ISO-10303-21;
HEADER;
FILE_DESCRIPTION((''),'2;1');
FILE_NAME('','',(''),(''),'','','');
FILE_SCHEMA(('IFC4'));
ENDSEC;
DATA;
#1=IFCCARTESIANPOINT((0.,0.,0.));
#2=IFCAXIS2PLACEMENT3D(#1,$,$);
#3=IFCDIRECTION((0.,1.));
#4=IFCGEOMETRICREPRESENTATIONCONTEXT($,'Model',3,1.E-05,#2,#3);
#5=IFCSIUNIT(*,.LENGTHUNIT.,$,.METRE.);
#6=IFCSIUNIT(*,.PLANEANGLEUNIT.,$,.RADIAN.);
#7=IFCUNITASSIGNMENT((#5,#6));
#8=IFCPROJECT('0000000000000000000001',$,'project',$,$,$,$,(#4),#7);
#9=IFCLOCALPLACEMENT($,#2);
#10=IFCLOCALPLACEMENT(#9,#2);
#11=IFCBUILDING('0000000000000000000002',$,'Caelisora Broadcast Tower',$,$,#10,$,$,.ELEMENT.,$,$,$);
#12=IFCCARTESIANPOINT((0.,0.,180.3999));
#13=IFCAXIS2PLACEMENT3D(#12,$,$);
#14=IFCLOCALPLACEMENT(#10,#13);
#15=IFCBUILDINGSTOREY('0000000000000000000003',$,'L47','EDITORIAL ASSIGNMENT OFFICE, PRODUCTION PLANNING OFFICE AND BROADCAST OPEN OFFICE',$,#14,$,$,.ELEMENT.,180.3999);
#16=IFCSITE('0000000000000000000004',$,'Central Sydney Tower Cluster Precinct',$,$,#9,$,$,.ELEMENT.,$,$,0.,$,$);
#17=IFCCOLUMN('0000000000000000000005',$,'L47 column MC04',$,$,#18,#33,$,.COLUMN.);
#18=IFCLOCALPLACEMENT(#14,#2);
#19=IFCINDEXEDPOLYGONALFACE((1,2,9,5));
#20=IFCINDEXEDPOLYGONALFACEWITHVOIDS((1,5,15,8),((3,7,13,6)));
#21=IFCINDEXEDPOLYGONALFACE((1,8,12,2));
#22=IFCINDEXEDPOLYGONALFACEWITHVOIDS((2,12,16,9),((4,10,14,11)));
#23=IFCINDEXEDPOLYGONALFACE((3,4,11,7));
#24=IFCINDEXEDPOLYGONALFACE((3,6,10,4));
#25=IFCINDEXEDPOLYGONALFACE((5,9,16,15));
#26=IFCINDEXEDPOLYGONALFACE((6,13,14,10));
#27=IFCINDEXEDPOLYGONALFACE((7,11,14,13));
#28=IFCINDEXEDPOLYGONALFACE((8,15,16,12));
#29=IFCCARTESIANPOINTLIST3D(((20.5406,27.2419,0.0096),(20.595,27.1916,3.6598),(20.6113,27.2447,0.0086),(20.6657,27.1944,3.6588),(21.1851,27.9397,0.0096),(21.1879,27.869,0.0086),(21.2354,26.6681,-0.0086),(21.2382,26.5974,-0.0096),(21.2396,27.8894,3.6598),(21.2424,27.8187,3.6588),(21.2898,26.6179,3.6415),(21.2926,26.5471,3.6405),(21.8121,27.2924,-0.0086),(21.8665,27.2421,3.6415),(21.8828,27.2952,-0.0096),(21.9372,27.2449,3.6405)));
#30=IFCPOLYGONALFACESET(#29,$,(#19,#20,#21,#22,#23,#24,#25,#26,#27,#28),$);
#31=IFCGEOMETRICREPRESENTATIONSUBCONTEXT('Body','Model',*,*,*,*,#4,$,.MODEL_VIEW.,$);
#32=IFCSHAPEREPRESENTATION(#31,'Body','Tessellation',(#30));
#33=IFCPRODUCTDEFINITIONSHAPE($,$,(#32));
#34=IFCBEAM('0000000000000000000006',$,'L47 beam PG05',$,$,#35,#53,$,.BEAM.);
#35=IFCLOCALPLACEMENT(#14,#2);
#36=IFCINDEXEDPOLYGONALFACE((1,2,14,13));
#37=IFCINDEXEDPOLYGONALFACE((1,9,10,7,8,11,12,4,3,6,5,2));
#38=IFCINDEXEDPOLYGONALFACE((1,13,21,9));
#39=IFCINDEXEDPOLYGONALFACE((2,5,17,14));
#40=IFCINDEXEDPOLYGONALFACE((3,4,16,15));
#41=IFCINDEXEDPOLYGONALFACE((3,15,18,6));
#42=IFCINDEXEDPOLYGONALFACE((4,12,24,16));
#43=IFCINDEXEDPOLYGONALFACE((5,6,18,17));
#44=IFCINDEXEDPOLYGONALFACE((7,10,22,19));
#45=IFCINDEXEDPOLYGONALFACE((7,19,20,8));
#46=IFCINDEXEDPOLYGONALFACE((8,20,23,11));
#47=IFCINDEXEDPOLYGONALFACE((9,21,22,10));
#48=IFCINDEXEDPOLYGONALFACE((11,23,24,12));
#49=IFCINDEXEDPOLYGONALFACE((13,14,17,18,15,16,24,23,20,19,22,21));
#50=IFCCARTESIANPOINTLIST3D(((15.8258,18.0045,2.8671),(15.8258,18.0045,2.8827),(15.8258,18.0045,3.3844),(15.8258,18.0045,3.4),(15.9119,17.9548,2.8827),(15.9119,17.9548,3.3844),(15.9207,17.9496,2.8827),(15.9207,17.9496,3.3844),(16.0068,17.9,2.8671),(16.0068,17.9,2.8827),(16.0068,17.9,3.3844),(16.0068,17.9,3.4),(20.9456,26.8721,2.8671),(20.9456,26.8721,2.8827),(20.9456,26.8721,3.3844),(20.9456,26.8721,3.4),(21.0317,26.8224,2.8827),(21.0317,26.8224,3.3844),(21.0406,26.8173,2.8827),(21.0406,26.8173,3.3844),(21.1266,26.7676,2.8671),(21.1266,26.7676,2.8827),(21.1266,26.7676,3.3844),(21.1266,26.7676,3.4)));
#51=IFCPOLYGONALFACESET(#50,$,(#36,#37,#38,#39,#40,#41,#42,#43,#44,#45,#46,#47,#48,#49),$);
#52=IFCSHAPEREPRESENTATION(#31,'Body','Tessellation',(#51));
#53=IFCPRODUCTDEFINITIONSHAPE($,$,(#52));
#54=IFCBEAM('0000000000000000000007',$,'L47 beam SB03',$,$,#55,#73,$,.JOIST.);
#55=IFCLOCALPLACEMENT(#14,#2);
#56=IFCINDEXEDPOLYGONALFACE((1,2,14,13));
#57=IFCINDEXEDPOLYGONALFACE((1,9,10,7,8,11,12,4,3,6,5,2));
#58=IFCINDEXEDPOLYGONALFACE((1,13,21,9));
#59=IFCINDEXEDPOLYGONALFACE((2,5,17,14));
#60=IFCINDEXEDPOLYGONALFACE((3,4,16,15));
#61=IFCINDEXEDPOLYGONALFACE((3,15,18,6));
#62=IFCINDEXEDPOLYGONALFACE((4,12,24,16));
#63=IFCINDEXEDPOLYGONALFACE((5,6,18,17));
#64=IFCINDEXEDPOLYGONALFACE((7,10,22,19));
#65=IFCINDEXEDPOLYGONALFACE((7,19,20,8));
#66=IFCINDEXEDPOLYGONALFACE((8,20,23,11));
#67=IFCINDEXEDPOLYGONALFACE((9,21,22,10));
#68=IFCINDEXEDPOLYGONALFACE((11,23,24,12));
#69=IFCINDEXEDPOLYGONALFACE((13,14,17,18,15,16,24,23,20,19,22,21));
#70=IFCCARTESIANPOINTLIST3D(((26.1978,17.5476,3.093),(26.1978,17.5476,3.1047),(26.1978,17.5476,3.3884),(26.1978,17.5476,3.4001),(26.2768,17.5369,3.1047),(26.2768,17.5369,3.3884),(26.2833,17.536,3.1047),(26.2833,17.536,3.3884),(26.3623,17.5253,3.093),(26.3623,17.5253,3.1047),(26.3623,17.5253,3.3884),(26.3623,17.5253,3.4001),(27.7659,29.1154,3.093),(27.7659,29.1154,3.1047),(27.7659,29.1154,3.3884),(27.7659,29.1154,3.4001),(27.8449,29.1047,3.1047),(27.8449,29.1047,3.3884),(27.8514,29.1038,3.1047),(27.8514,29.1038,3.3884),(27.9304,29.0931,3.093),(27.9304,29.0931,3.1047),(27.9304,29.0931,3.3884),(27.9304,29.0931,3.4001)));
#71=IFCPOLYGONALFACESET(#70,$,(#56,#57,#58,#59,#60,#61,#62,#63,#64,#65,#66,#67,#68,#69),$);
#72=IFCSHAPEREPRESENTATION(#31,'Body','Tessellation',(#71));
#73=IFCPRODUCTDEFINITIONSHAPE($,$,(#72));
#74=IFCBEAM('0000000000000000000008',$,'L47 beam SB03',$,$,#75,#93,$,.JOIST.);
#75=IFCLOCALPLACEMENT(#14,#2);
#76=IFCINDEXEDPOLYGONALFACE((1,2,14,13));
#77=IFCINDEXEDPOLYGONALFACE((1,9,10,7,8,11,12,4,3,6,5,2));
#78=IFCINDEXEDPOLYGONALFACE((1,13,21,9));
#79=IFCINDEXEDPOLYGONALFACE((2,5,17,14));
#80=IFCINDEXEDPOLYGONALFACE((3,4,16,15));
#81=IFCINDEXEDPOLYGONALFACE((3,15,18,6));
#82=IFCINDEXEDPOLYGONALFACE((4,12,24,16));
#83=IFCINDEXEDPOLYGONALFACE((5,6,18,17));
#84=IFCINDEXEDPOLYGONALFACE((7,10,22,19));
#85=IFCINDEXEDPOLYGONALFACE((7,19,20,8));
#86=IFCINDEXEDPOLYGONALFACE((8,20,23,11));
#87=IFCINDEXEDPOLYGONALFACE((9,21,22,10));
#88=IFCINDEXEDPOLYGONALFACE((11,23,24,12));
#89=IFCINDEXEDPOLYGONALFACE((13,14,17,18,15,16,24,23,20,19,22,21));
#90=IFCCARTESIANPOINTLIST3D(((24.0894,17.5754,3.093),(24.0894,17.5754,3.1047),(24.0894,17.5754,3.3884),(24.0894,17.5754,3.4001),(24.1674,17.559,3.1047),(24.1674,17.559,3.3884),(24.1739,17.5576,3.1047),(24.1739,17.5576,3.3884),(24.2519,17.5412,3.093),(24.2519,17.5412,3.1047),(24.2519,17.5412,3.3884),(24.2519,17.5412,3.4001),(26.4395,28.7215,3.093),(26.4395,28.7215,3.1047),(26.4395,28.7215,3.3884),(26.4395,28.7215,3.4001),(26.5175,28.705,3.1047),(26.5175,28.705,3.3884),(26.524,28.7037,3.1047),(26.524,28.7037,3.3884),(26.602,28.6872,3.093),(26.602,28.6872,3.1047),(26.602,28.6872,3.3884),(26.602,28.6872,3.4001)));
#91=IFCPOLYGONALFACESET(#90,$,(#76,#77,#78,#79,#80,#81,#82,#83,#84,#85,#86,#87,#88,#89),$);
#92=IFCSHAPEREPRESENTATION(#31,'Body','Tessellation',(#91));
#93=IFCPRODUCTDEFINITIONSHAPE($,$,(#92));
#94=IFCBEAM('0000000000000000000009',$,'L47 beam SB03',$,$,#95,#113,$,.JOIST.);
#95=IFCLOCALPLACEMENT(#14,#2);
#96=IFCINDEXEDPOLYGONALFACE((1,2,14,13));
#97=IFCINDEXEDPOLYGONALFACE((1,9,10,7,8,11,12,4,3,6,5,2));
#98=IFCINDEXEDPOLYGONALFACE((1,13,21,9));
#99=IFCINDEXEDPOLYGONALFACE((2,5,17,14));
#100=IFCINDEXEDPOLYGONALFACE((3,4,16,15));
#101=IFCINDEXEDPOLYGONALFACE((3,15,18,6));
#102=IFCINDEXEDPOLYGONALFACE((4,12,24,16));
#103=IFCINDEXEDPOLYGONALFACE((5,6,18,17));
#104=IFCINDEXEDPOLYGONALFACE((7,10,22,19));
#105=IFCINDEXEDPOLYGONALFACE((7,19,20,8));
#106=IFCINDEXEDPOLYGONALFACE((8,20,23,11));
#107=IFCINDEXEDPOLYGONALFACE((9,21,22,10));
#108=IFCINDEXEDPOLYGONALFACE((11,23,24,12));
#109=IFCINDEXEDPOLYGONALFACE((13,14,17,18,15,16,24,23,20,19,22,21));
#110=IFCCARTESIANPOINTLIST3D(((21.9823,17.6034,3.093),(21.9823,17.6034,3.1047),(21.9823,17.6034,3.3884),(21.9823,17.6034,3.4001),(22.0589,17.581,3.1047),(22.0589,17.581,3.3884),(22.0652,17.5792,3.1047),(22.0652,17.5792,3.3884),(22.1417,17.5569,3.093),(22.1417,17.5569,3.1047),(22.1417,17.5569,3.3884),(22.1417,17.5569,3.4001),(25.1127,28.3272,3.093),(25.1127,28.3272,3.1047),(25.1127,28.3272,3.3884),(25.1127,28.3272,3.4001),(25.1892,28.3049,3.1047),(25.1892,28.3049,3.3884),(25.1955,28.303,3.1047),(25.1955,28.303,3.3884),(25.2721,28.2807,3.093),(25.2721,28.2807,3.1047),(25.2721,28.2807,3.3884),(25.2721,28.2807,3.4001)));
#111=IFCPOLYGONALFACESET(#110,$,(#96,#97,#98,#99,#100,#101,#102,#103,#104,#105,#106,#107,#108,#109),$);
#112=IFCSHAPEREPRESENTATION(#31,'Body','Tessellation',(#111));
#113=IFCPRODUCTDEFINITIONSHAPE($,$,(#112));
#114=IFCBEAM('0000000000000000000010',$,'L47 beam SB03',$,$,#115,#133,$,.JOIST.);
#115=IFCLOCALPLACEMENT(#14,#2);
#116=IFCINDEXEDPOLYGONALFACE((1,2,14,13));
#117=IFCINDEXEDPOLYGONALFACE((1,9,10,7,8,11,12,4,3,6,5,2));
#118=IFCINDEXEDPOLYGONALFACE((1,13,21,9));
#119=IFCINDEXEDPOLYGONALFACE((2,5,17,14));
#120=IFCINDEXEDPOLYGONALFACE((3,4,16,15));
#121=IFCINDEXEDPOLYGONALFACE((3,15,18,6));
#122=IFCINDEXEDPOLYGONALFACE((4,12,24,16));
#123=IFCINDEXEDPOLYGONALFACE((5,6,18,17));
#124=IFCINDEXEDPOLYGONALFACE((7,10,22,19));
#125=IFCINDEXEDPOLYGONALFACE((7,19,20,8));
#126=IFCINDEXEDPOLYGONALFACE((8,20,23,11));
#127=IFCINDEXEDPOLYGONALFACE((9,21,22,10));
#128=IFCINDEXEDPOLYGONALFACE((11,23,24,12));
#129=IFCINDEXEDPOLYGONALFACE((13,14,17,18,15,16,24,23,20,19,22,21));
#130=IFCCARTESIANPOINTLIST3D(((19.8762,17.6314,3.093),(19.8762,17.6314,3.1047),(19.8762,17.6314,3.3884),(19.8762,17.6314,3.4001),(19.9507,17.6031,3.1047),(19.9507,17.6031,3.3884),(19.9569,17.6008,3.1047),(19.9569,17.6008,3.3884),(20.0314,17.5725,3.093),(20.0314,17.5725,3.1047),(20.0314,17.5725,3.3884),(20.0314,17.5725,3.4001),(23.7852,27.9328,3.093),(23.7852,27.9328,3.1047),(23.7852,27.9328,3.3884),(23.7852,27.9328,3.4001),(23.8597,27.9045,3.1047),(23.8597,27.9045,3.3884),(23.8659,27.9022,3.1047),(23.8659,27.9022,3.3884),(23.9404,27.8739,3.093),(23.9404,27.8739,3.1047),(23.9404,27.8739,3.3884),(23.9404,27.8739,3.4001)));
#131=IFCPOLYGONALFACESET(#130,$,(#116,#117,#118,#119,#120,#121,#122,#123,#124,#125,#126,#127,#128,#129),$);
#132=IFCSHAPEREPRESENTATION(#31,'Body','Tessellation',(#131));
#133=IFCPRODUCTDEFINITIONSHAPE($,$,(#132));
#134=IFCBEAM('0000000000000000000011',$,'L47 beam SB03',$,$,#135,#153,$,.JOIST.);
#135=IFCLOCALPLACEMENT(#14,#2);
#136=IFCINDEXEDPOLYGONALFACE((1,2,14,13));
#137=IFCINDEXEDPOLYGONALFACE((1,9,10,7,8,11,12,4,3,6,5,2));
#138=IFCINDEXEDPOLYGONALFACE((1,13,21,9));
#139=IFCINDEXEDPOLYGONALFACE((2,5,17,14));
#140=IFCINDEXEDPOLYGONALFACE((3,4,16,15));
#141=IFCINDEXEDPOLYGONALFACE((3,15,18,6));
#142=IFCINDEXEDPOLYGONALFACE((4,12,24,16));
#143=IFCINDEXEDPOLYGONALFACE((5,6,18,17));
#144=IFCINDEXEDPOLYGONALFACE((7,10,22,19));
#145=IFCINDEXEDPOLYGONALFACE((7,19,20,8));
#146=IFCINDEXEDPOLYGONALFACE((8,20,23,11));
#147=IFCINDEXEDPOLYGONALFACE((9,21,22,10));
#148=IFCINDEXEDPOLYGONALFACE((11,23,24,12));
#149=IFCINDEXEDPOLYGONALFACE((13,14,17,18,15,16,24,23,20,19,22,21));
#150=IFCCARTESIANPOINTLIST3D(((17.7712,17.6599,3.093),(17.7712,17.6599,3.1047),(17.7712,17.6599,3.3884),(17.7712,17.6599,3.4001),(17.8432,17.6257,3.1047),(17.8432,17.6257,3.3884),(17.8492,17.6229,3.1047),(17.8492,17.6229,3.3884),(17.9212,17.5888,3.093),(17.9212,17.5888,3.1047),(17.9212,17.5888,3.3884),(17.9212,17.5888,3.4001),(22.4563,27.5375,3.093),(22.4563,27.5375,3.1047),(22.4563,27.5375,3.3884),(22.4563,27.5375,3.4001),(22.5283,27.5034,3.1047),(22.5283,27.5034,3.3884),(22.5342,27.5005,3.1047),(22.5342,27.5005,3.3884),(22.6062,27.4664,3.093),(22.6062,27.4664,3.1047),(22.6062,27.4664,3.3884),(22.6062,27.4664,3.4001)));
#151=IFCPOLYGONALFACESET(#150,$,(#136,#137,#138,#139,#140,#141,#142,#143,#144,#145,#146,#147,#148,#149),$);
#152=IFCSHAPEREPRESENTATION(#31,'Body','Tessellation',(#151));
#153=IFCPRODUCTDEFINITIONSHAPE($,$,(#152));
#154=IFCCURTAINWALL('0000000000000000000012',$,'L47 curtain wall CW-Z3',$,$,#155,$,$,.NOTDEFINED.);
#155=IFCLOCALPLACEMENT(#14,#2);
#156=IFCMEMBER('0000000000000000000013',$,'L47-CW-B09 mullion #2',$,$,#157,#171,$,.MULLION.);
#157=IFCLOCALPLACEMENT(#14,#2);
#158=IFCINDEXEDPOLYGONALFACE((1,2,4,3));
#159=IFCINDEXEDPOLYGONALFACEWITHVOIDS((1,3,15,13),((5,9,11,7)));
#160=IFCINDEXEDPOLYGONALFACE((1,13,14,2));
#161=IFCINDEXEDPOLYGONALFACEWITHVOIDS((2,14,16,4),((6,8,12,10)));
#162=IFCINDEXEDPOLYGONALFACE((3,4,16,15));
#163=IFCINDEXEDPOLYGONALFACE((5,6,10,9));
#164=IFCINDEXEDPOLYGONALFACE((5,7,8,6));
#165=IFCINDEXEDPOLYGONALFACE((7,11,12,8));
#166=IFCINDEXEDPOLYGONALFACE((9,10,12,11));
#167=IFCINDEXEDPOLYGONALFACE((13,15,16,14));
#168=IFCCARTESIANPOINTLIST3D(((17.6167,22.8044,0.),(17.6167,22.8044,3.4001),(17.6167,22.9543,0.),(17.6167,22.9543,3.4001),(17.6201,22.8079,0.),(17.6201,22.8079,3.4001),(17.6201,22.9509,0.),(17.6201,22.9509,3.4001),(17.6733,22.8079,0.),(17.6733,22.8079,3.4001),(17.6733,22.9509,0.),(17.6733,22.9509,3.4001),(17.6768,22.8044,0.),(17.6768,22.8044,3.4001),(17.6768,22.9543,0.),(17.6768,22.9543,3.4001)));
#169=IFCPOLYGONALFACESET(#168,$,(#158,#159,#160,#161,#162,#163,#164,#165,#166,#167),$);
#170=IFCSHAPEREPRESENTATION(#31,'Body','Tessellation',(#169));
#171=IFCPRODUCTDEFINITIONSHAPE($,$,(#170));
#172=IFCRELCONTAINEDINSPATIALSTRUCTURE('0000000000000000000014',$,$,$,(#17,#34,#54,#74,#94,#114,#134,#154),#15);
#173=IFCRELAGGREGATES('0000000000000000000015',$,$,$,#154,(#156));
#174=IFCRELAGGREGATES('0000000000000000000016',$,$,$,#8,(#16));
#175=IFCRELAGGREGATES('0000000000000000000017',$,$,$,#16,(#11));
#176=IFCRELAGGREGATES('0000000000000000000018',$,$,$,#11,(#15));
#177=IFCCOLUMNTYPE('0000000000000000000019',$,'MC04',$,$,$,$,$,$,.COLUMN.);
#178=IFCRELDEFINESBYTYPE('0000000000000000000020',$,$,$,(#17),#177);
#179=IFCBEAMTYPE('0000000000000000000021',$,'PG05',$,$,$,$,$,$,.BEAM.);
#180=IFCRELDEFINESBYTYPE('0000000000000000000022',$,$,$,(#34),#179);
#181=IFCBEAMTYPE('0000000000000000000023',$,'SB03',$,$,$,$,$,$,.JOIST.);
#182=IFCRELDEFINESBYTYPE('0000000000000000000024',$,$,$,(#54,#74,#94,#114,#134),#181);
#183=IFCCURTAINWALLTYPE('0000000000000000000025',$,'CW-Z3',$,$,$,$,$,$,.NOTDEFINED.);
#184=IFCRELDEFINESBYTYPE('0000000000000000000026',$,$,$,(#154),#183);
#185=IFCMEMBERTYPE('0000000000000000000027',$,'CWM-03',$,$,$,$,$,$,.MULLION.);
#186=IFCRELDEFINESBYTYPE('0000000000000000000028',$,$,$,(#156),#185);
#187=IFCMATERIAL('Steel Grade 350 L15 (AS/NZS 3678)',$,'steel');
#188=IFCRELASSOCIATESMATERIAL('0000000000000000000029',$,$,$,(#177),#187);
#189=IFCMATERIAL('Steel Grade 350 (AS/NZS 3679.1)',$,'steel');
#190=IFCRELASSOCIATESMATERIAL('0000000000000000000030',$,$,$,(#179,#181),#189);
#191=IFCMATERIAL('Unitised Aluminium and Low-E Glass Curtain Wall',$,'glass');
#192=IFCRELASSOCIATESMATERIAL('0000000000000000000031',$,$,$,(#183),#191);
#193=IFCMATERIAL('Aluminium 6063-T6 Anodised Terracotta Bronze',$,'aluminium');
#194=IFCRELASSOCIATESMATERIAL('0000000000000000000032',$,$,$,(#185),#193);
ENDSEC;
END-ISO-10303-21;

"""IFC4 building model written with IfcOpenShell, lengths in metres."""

from ifc_helpers import new_model, si_unit, direction, frame, origin, origin_2d, place, context, subcontext, project, spatial, hollow_rectangle, i_section, extrude, source, transform, mapped, material, material_profile, profile_set, type_object, type_shapes, element, aggregate, save


model = new_model("IFC4")

# Units and contexts
model_context = context("Model", 3, precision=1e-05, world=origin(), true_north=direction((0.0, 1.0)))
body_context = subcontext(model_context, "Body", "Model", "MODEL_VIEW")
ifc_project = project(units=[si_unit("LENGTHUNIT", "METRE"), si_unit("PLANEANGLEUNIT", "RADIAN")], contexts=[model_context])

# Site, building, storey
site_placement = place(None, origin())
site = spatial("IfcSite", under=ifc_project, at=site_placement, Name="Central Sydney Tower Cluster Precinct", CompositionType="ELEMENT", RefElevation=0.0)
building_placement = place(site_placement, origin())
building = spatial("IfcBuilding", under=site, at=building_placement, Name="Caelisora Broadcast Tower", CompositionType="ELEMENT")
storey_placement = place(building_placement, frame((0.0, 0.0, 180.3999)))
storey = spatial("IfcBuildingStorey", under=building, at=storey_placement, Name="L47", Description="EDITORIAL ASSIGNMENT OFFICE, PRODUCTION PLANNING OFFICE AND BROADCAST OPEN OFFICE", CompositionType="ELEMENT", Elevation=180.3999)

# Column
ifc_material_1 = material(Name="Steel Grade 350 L15 (AS/NZS 3678)", Category="steel")
ifc_material_profile_1 = material_profile(ifc_material_1, hollow_rectangle(XDim=0.95, YDim=0.95, WallThickness=0.05, at=origin_2d()), Name="Steel Grade 350 L15 (AS/NZS 3678)")
ifc_profile_set_1 = profile_set([ifc_material_profile_1], Name="Steel Grade 350 L15 (AS/NZS 3678)")
column_type = type_object("IfcColumnType", Name="MC04", PredefinedType="COLUMN", material=ifc_profile_set_1)
shared_shape_1 = source(origin(), body_context, "Body", "SweptSolid", [
    extrude(hollow_rectangle(XDim=0.95, YDim=0.95, WallThickness=0.05, at=origin_2d()), origin(), (0.0, 0.0, 1.0), 3.6509),
])
type_shapes(column_type, [shared_shape_1])
column_placement = place(storey_placement, frame((21.2117, 27.2686, 0.0), z_axis=(0.014912, -0.013776, 0.999794), x_axis=(0.678554, 0.734551, 0.0)))
element("IfcColumn", 1, at=column_placement, inside=storey, type_object=column_type, Name="L47 column MC04", PredefinedType="COLUMN", context=body_context, shape_type="MappedRepresentation", body=[
    mapped(shared_shape_1, transform((0.0, 0.0, 0.0), scale=1.0)),
])

# Beams
ifc_material_2 = material(Name="Steel Grade 350 (AS/NZS 3679.1)", Category="steel")
ifc_material_profile_2 = material_profile(ifc_material_2, i_section(OverallWidth=0.209, OverallDepth=0.533, WebThickness=0.0103, FlangeThickness=0.0156, at=origin_2d()), Name="Steel Grade 350 (AS/NZS 3679.1)")
ifc_profile_set_2 = profile_set([ifc_material_profile_2], Name="Steel Grade 350 (AS/NZS 3679.1)")
beam_type_1 = type_object("IfcBeamType", Name="PG05", PredefinedType="BEAM", material=ifc_profile_set_2)
shared_shape_2 = source(origin(), body_context, "Body", "SweptSolid", [
    extrude(i_section(OverallWidth=0.209, OverallDepth=0.533, WebThickness=0.0103, FlangeThickness=0.0156, at=origin_2d()), origin(), (0.0, 0.0, 1.0), 10.2395),
])
type_shapes(beam_type_1, [shared_shape_2])
beam_1_placement = place(storey_placement, frame((21.0361, 26.8198, 3.1335), z_axis=(-0.500009, -0.86602, 0.0), x_axis=(0.86602, -0.500009, 0.0)))
element("IfcBeam", 2, at=beam_1_placement, inside=storey, type_object=beam_type_1, Name="L47 beam PG05", PredefinedType="BEAM", context=body_context, shape_type="MappedRepresentation", body=[
    mapped(shared_shape_2, transform((0.0, 0.0, 0.0), scale=1.0)),
])
ifc_material_profile_3 = material_profile(ifc_material_2, i_section(OverallWidth=0.166, OverallDepth=0.3071, WebThickness=0.0066, FlangeThickness=0.0117, at=origin_2d()), Name="Steel Grade 350 (AS/NZS 3679.1)")
ifc_profile_set_3 = profile_set([ifc_material_profile_3], Name="Steel Grade 350 (AS/NZS 3679.1)")
beam_type_2 = type_object("IfcBeamType", Name="SB03", PredefinedType="JOIST", material=ifc_profile_set_3)
shared_shape_3 = source(origin(), body_context, "Body", "SweptSolid", [
    extrude(i_section(OverallWidth=0.166, OverallDepth=0.3071, WebThickness=0.0066, FlangeThickness=0.0117, at=origin_2d()), origin(), (0.0, 0.0, 1.0), 11.6736),
])
beam_2_placement = place(storey_placement, frame((27.8481, 29.1042, 3.2466), z_axis=(-0.134329, -0.990937, 0.0), x_axis=(0.990937, -0.134329, 0.0)))
element("IfcBeam", 3, at=beam_2_placement, inside=storey, type_object=beam_type_2, Name="L47 beam SB03", PredefinedType="JOIST", context=body_context, shape_type="MappedRepresentation", body=[
    mapped(shared_shape_3, transform((0.0, 0.0, 0.0), scale=1.0)),
])
shared_shape_4 = source(origin(), body_context, "Body", "SweptSolid", [
    extrude(i_section(OverallWidth=0.166, OverallDepth=0.3071, WebThickness=0.0066, FlangeThickness=0.0117, at=origin_2d()), origin(), (0.0, 0.0, 1.0), 11.3911),
])
beam_3_placement = place(storey_placement, frame((26.5208, 28.7043, 3.2466), z_axis=(-0.206311, -0.978487, 0.0), x_axis=(0.978487, -0.206311, 0.0)))
element("IfcBeam", 4, at=beam_3_placement, inside=storey, type_object=beam_type_2, Name="L47 beam SB03", PredefinedType="JOIST", context=body_context, shape_type="MappedRepresentation", body=[
    mapped(shared_shape_4, transform((0.0, 0.0, 0.0), scale=1.0)),
])
shared_shape_5 = source(origin(), body_context, "Body", "SweptSolid", [
    extrude(i_section(OverallWidth=0.166, OverallDepth=0.3071, WebThickness=0.0066, FlangeThickness=0.0117, at=origin_2d()), origin(), (0.0, 0.0, 1.0), 11.1714),
])
beam_4_placement = place(storey_placement, frame((25.1924, 28.304, 3.2466), z_axis=(-0.280212, -0.959938, 0.0), x_axis=(0.959938, -0.280212, 0.0)))
element("IfcBeam", 5, at=beam_4_placement, inside=storey, type_object=beam_type_2, Name="L47 beam SB03", PredefinedType="JOIST", context=body_context, shape_type="MappedRepresentation", body=[
    mapped(shared_shape_5, transform((0.0, 0.0, 0.0), scale=1.0)),
])
shared_shape_6 = source(origin(), body_context, "Body", "SweptSolid", [
    extrude(i_section(OverallWidth=0.166, OverallDepth=0.3071, WebThickness=0.0066, FlangeThickness=0.0117, at=origin_2d()), origin(), (0.0, 0.0, 1.0), 11.0181),
])
beam_5_placement = place(storey_placement, frame((23.8628, 27.9033, 3.2466), z_axis=(-0.354778, -0.934951, 0.0), x_axis=(0.934951, -0.354778, 0.0)))
element("IfcBeam", 6, at=beam_5_placement, inside=storey, type_object=beam_type_2, Name="L47 beam SB03", PredefinedType="JOIST", context=body_context, shape_type="MappedRepresentation", body=[
    mapped(shared_shape_6, transform((0.0, 0.0, 0.0), scale=1.0)),
])
shared_shape_7 = source(origin(), body_context, "Body", "SweptSolid", [
    extrude(i_section(OverallWidth=0.166, OverallDepth=0.3071, WebThickness=0.0066, FlangeThickness=0.0117, at=origin_2d()), origin(), (0.0, 0.0, 1.0), 10.9324),
])
type_shapes(beam_type_2, [shared_shape_3, shared_shape_4, shared_shape_5, shared_shape_6, shared_shape_7])
beam_6_placement = place(storey_placement, frame((22.5312, 27.502, 3.2466), z_axis=(-0.428546, -0.90352, 0.0), x_axis=(0.90352, -0.428546, 0.0)))
element("IfcBeam", 7, at=beam_6_placement, inside=storey, type_object=beam_type_2, Name="L47 beam SB03", PredefinedType="JOIST", context=body_context, shape_type="MappedRepresentation", body=[
    mapped(shared_shape_7, transform((0.0, 0.0, 0.0), scale=1.0)),
])

# Curtain wall, member
ifc_material_3 = material(Name="Unitised Aluminium and Low-E Glass Curtain Wall", Category="glass")
curtain_wall_type_1 = type_object("IfcCurtainWallType", Name="CW-Z3", PredefinedType="NOTDEFINED", material=ifc_material_3)
curtain_wall_1_placement = place(storey_placement, origin())
curtain_wall_1 = element("IfcCurtainWall", 8, at=curtain_wall_1_placement, inside=storey, type_object=curtain_wall_type_1, Name="L47 curtain wall CW-Z3", PredefinedType="NOTDEFINED")
ifc_material_4 = material(Name="Aluminium 6063-T6 Anodised Terracotta Bronze", Category="aluminium")
ifc_material_profile_4 = material_profile(ifc_material_4, hollow_rectangle(XDim=0.0601, YDim=0.1499, WallThickness=0.0034, at=origin_2d()), Name="Aluminium 6063-T6 Anodised Terracotta Bronze")
ifc_profile_set_4 = profile_set([ifc_material_profile_4], Name="Aluminium 6063-T6 Anodised Terracotta Bronze")
member_type_1 = type_object("IfcMemberType", Name="CWM-03", PredefinedType="MULLION", material=ifc_profile_set_4)
shared_shape_8 = source(origin(), body_context, "Body", "SweptSolid", [
    extrude(hollow_rectangle(XDim=0.0601, YDim=0.1499, WallThickness=0.0034, at=origin_2d()), origin(), (0.0, 0.0, 1.0), 3.4001),
])
type_shapes(member_type_1, [shared_shape_8])
member_1_placement = place(storey_placement, frame((17.6467, 22.8794, 0.0), z_axis=(0.0, 0.0, 1.0), x_axis=(1.0, 0.0, 0.0)))
member_1 = element("IfcMember", 9, at=member_1_placement, type_object=member_type_1, Name="L47-CW-B09 mullion #2", PredefinedType="MULLION", context=body_context, shape_type="MappedRepresentation", body=[
    mapped(shared_shape_8, transform((0.0, 0.0, 0.0), scale=1.0)),
])

aggregate(curtain_wall_1, [member_1])

save(model, "model.ifc")
